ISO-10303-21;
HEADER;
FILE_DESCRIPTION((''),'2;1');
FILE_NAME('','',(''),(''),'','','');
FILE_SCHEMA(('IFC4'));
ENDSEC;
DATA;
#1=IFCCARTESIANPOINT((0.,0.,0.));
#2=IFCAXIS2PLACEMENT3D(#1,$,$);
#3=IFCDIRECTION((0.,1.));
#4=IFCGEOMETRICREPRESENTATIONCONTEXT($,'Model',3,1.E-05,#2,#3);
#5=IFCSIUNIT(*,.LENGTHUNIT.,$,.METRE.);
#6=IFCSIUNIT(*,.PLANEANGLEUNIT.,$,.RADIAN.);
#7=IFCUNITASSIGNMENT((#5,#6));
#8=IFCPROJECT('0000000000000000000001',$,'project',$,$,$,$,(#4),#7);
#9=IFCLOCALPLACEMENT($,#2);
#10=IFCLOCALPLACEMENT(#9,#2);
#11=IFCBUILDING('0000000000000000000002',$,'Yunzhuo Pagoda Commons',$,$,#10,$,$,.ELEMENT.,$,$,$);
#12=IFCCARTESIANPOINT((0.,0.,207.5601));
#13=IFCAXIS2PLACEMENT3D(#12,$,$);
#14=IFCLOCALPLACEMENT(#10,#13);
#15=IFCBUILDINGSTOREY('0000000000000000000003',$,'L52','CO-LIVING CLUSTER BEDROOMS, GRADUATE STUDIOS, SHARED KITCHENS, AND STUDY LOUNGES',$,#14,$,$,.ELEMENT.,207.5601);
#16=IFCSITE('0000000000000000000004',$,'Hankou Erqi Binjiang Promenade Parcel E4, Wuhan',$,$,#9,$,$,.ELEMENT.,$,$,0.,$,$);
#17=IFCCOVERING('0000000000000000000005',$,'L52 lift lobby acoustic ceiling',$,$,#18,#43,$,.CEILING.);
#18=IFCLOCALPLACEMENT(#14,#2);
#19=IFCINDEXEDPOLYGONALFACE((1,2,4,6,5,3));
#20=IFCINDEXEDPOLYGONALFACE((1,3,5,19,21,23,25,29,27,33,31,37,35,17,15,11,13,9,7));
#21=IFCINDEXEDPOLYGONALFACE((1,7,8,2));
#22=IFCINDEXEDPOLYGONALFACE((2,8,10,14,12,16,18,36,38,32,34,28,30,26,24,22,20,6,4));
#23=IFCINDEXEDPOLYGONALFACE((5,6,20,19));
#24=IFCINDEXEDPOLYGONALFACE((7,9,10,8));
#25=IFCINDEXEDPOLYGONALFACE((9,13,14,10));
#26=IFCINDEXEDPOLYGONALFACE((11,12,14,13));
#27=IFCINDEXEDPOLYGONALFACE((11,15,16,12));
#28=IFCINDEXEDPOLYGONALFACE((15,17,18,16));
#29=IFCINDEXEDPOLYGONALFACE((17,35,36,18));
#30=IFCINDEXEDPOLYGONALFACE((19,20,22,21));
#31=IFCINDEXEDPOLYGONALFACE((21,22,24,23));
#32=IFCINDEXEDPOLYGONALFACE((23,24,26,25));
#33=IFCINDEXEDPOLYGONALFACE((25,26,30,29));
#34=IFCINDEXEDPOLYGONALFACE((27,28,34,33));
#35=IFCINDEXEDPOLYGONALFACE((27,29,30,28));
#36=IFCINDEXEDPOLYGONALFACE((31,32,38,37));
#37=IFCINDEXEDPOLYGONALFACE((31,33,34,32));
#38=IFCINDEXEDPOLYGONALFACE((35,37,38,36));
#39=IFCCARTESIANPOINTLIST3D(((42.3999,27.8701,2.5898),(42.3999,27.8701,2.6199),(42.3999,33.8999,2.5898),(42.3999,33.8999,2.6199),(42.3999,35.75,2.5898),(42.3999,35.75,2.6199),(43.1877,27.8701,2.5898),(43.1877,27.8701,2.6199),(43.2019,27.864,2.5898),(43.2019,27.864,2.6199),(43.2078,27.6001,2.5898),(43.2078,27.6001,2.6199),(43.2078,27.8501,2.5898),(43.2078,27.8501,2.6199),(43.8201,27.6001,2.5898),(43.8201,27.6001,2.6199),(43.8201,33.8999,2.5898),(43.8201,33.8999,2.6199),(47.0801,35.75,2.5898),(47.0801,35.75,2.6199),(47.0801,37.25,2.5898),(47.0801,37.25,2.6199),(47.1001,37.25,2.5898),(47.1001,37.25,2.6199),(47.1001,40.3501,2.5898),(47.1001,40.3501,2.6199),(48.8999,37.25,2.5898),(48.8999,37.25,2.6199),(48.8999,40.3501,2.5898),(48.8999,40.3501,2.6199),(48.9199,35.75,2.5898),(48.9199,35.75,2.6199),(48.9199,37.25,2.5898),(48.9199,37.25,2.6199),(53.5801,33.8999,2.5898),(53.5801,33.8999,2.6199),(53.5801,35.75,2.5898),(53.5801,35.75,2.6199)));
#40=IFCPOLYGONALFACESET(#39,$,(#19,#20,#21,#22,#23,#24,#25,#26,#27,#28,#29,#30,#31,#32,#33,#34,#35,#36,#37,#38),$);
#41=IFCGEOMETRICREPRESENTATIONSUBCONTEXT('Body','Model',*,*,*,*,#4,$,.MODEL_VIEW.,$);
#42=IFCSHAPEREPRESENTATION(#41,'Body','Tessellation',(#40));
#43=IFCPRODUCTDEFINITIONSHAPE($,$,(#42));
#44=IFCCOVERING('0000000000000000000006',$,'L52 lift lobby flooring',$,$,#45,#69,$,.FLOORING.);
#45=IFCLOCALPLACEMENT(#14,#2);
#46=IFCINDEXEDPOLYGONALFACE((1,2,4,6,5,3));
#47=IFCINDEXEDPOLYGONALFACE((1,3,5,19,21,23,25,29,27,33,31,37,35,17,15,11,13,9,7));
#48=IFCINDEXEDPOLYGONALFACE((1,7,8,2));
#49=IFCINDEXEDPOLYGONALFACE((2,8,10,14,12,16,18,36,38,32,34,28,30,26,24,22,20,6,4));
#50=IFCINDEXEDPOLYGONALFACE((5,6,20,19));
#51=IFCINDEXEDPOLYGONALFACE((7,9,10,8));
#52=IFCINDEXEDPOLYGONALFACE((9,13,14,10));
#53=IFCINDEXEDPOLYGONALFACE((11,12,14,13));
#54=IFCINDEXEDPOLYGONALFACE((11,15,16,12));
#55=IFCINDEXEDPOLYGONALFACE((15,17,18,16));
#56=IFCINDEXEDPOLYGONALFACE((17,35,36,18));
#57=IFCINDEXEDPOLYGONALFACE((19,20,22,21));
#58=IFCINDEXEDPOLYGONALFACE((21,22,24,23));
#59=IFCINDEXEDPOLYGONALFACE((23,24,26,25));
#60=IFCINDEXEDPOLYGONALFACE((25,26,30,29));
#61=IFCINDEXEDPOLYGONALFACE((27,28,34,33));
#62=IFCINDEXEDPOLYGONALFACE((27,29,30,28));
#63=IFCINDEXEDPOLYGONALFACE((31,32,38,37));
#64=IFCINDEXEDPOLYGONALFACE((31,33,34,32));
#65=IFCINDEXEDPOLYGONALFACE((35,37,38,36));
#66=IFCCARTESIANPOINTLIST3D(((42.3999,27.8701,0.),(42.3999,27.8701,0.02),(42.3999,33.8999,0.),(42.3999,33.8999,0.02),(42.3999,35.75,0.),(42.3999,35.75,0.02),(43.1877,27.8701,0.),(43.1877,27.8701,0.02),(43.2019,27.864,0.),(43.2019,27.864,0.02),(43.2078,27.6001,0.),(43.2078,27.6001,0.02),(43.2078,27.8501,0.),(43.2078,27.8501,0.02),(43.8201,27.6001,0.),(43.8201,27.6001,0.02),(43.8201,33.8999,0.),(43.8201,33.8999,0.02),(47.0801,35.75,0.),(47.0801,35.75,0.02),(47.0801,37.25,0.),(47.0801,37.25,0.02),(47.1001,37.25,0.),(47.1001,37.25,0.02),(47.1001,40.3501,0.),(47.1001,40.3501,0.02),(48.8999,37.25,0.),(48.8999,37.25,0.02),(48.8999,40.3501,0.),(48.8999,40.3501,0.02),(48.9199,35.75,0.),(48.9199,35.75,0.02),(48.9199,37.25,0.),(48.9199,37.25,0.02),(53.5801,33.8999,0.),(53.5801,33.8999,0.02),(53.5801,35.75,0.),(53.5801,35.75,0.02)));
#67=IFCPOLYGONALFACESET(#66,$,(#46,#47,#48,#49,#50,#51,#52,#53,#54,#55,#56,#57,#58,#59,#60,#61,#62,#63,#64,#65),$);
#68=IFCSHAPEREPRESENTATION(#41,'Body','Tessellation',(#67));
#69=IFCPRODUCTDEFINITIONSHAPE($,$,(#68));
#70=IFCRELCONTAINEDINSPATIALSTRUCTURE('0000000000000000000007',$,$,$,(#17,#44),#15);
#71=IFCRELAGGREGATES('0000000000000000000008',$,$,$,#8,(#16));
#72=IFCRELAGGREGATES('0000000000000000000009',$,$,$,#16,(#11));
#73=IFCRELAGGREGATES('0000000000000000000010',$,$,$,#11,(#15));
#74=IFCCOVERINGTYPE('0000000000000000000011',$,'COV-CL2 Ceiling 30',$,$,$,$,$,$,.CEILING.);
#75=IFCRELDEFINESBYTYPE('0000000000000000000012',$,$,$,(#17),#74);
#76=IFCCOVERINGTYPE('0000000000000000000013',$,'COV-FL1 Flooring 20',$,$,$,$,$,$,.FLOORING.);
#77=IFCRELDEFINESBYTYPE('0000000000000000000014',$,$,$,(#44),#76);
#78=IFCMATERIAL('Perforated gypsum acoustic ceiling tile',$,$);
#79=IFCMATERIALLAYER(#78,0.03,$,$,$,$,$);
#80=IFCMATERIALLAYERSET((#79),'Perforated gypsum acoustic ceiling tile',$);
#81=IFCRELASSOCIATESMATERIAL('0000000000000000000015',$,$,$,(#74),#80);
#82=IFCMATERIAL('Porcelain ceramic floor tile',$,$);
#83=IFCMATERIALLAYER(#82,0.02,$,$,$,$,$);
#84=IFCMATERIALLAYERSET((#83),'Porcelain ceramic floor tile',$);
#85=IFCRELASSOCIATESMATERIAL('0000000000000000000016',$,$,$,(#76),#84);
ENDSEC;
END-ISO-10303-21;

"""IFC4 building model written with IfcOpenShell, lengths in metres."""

from ifc_helpers import new_model, si_unit, direction, frame, origin, place, context, subcontext, project, spatial, polyline, outline, extrude, material, layer, layer_set, type_object, element, save


model = new_model("IFC4")

# Units and contexts
model_context = context("Model", 3, precision=1e-05, world=origin(), true_north=direction((0.0, 1.0)))
body_context = subcontext(model_context, "Body", "Model", "MODEL_VIEW")
ifc_project = project(units=[si_unit("LENGTHUNIT", "METRE"), si_unit("PLANEANGLEUNIT", "RADIAN")], contexts=[model_context])

# Site, building, storey
site_placement = place(None, origin())
site = spatial("IfcSite", under=ifc_project, at=site_placement, Name="Hankou Erqi Binjiang Promenade Parcel E4, Wuhan", CompositionType="ELEMENT", RefElevation=0.0)
building_placement = place(site_placement, origin())
building = spatial("IfcBuilding", under=site, at=building_placement, Name="Yunzhuo Pagoda Commons", CompositionType="ELEMENT")
storey_placement = place(building_placement, frame((0.0, 0.0, 207.5601)))
storey = spatial("IfcBuildingStorey", under=building, at=storey_placement, Name="L52", Description="CO-LIVING CLUSTER BEDROOMS, GRADUATE STUDIOS, SHARED KITCHENS, AND STUDY LOUNGES", CompositionType="ELEMENT", Elevation=207.5601)

# Coverings
ifc_material_1 = material(Name="Perforated gypsum acoustic ceiling tile")
ifc_layer_1 = layer(ifc_material_1, 0.03)
ifc_layer_set_1 = layer_set([ifc_layer_1], Name="Perforated gypsum acoustic ceiling tile")
covering_type_1 = type_object("IfcCoveringType", Name="COV-CL2 Ceiling 30", PredefinedType="CEILING", material=ifc_layer_set_1)
covering_1_placement = place(storey_placement, frame((0.0, 0.0, 2.5898)))
element("IfcCovering", 1, at=covering_1_placement, inside=storey, type_object=covering_type_1, Name="L52 lift lobby acoustic ceiling", PredefinedType="CEILING", context=body_context, shape_type="SweptSolid", body=[
    extrude(outline(polyline([(42.3999, 35.75), (47.0801, 35.75), (47.0801, 37.25), (47.1001, 37.25), (47.1001, 40.3501), (48.8999, 40.3501), (48.8999, 37.25), (48.9199, 37.25), (48.9199, 35.75), (53.5801, 35.75), (53.5801, 33.8999), (43.8201, 33.8999), (43.8201, 27.6001), (43.2078, 27.6001), (43.2078, 27.8501), (43.2019, 27.864), (43.1877, 27.8701), (42.3999, 27.8701), (42.3999, 33.8999), (42.3999, 35.75)])), origin(), (0.0, 0.0, 1.0), 0.03),
])
ifc_material_2 = material(Name="Porcelain ceramic floor tile")
ifc_layer_2 = layer(ifc_material_2, 0.02)
ifc_layer_set_2 = layer_set([ifc_layer_2], Name="Porcelain ceramic floor tile")
covering_type_2 = type_object("IfcCoveringType", Name="COV-FL1 Flooring 20", PredefinedType="FLOORING", material=ifc_layer_set_2)
covering_2_placement = place(storey_placement, origin())
element("IfcCovering", 2, at=covering_2_placement, inside=storey, type_object=covering_type_2, Name="L52 lift lobby flooring", PredefinedType="FLOORING", context=body_context, shape_type="SweptSolid", body=[
    extrude(outline(polyline([(42.3999, 35.75), (47.0801, 35.75), (47.0801, 37.25), (47.1001, 37.25), (47.1001, 40.3501), (48.8999, 40.3501), (48.8999, 37.25), (48.9199, 37.25), (48.9199, 35.75), (53.5801, 35.75), (53.5801, 33.8999), (43.8201, 33.8999), (43.8201, 27.6001), (43.2078, 27.6001), (43.2078, 27.8501), (43.2019, 27.864), (43.1877, 27.8701), (42.3999, 27.8701), (42.3999, 33.8999), (42.3999, 35.75)])), origin(), (0.0, 0.0, 1.0), 0.02),
])

save(model, "model.ifc")
